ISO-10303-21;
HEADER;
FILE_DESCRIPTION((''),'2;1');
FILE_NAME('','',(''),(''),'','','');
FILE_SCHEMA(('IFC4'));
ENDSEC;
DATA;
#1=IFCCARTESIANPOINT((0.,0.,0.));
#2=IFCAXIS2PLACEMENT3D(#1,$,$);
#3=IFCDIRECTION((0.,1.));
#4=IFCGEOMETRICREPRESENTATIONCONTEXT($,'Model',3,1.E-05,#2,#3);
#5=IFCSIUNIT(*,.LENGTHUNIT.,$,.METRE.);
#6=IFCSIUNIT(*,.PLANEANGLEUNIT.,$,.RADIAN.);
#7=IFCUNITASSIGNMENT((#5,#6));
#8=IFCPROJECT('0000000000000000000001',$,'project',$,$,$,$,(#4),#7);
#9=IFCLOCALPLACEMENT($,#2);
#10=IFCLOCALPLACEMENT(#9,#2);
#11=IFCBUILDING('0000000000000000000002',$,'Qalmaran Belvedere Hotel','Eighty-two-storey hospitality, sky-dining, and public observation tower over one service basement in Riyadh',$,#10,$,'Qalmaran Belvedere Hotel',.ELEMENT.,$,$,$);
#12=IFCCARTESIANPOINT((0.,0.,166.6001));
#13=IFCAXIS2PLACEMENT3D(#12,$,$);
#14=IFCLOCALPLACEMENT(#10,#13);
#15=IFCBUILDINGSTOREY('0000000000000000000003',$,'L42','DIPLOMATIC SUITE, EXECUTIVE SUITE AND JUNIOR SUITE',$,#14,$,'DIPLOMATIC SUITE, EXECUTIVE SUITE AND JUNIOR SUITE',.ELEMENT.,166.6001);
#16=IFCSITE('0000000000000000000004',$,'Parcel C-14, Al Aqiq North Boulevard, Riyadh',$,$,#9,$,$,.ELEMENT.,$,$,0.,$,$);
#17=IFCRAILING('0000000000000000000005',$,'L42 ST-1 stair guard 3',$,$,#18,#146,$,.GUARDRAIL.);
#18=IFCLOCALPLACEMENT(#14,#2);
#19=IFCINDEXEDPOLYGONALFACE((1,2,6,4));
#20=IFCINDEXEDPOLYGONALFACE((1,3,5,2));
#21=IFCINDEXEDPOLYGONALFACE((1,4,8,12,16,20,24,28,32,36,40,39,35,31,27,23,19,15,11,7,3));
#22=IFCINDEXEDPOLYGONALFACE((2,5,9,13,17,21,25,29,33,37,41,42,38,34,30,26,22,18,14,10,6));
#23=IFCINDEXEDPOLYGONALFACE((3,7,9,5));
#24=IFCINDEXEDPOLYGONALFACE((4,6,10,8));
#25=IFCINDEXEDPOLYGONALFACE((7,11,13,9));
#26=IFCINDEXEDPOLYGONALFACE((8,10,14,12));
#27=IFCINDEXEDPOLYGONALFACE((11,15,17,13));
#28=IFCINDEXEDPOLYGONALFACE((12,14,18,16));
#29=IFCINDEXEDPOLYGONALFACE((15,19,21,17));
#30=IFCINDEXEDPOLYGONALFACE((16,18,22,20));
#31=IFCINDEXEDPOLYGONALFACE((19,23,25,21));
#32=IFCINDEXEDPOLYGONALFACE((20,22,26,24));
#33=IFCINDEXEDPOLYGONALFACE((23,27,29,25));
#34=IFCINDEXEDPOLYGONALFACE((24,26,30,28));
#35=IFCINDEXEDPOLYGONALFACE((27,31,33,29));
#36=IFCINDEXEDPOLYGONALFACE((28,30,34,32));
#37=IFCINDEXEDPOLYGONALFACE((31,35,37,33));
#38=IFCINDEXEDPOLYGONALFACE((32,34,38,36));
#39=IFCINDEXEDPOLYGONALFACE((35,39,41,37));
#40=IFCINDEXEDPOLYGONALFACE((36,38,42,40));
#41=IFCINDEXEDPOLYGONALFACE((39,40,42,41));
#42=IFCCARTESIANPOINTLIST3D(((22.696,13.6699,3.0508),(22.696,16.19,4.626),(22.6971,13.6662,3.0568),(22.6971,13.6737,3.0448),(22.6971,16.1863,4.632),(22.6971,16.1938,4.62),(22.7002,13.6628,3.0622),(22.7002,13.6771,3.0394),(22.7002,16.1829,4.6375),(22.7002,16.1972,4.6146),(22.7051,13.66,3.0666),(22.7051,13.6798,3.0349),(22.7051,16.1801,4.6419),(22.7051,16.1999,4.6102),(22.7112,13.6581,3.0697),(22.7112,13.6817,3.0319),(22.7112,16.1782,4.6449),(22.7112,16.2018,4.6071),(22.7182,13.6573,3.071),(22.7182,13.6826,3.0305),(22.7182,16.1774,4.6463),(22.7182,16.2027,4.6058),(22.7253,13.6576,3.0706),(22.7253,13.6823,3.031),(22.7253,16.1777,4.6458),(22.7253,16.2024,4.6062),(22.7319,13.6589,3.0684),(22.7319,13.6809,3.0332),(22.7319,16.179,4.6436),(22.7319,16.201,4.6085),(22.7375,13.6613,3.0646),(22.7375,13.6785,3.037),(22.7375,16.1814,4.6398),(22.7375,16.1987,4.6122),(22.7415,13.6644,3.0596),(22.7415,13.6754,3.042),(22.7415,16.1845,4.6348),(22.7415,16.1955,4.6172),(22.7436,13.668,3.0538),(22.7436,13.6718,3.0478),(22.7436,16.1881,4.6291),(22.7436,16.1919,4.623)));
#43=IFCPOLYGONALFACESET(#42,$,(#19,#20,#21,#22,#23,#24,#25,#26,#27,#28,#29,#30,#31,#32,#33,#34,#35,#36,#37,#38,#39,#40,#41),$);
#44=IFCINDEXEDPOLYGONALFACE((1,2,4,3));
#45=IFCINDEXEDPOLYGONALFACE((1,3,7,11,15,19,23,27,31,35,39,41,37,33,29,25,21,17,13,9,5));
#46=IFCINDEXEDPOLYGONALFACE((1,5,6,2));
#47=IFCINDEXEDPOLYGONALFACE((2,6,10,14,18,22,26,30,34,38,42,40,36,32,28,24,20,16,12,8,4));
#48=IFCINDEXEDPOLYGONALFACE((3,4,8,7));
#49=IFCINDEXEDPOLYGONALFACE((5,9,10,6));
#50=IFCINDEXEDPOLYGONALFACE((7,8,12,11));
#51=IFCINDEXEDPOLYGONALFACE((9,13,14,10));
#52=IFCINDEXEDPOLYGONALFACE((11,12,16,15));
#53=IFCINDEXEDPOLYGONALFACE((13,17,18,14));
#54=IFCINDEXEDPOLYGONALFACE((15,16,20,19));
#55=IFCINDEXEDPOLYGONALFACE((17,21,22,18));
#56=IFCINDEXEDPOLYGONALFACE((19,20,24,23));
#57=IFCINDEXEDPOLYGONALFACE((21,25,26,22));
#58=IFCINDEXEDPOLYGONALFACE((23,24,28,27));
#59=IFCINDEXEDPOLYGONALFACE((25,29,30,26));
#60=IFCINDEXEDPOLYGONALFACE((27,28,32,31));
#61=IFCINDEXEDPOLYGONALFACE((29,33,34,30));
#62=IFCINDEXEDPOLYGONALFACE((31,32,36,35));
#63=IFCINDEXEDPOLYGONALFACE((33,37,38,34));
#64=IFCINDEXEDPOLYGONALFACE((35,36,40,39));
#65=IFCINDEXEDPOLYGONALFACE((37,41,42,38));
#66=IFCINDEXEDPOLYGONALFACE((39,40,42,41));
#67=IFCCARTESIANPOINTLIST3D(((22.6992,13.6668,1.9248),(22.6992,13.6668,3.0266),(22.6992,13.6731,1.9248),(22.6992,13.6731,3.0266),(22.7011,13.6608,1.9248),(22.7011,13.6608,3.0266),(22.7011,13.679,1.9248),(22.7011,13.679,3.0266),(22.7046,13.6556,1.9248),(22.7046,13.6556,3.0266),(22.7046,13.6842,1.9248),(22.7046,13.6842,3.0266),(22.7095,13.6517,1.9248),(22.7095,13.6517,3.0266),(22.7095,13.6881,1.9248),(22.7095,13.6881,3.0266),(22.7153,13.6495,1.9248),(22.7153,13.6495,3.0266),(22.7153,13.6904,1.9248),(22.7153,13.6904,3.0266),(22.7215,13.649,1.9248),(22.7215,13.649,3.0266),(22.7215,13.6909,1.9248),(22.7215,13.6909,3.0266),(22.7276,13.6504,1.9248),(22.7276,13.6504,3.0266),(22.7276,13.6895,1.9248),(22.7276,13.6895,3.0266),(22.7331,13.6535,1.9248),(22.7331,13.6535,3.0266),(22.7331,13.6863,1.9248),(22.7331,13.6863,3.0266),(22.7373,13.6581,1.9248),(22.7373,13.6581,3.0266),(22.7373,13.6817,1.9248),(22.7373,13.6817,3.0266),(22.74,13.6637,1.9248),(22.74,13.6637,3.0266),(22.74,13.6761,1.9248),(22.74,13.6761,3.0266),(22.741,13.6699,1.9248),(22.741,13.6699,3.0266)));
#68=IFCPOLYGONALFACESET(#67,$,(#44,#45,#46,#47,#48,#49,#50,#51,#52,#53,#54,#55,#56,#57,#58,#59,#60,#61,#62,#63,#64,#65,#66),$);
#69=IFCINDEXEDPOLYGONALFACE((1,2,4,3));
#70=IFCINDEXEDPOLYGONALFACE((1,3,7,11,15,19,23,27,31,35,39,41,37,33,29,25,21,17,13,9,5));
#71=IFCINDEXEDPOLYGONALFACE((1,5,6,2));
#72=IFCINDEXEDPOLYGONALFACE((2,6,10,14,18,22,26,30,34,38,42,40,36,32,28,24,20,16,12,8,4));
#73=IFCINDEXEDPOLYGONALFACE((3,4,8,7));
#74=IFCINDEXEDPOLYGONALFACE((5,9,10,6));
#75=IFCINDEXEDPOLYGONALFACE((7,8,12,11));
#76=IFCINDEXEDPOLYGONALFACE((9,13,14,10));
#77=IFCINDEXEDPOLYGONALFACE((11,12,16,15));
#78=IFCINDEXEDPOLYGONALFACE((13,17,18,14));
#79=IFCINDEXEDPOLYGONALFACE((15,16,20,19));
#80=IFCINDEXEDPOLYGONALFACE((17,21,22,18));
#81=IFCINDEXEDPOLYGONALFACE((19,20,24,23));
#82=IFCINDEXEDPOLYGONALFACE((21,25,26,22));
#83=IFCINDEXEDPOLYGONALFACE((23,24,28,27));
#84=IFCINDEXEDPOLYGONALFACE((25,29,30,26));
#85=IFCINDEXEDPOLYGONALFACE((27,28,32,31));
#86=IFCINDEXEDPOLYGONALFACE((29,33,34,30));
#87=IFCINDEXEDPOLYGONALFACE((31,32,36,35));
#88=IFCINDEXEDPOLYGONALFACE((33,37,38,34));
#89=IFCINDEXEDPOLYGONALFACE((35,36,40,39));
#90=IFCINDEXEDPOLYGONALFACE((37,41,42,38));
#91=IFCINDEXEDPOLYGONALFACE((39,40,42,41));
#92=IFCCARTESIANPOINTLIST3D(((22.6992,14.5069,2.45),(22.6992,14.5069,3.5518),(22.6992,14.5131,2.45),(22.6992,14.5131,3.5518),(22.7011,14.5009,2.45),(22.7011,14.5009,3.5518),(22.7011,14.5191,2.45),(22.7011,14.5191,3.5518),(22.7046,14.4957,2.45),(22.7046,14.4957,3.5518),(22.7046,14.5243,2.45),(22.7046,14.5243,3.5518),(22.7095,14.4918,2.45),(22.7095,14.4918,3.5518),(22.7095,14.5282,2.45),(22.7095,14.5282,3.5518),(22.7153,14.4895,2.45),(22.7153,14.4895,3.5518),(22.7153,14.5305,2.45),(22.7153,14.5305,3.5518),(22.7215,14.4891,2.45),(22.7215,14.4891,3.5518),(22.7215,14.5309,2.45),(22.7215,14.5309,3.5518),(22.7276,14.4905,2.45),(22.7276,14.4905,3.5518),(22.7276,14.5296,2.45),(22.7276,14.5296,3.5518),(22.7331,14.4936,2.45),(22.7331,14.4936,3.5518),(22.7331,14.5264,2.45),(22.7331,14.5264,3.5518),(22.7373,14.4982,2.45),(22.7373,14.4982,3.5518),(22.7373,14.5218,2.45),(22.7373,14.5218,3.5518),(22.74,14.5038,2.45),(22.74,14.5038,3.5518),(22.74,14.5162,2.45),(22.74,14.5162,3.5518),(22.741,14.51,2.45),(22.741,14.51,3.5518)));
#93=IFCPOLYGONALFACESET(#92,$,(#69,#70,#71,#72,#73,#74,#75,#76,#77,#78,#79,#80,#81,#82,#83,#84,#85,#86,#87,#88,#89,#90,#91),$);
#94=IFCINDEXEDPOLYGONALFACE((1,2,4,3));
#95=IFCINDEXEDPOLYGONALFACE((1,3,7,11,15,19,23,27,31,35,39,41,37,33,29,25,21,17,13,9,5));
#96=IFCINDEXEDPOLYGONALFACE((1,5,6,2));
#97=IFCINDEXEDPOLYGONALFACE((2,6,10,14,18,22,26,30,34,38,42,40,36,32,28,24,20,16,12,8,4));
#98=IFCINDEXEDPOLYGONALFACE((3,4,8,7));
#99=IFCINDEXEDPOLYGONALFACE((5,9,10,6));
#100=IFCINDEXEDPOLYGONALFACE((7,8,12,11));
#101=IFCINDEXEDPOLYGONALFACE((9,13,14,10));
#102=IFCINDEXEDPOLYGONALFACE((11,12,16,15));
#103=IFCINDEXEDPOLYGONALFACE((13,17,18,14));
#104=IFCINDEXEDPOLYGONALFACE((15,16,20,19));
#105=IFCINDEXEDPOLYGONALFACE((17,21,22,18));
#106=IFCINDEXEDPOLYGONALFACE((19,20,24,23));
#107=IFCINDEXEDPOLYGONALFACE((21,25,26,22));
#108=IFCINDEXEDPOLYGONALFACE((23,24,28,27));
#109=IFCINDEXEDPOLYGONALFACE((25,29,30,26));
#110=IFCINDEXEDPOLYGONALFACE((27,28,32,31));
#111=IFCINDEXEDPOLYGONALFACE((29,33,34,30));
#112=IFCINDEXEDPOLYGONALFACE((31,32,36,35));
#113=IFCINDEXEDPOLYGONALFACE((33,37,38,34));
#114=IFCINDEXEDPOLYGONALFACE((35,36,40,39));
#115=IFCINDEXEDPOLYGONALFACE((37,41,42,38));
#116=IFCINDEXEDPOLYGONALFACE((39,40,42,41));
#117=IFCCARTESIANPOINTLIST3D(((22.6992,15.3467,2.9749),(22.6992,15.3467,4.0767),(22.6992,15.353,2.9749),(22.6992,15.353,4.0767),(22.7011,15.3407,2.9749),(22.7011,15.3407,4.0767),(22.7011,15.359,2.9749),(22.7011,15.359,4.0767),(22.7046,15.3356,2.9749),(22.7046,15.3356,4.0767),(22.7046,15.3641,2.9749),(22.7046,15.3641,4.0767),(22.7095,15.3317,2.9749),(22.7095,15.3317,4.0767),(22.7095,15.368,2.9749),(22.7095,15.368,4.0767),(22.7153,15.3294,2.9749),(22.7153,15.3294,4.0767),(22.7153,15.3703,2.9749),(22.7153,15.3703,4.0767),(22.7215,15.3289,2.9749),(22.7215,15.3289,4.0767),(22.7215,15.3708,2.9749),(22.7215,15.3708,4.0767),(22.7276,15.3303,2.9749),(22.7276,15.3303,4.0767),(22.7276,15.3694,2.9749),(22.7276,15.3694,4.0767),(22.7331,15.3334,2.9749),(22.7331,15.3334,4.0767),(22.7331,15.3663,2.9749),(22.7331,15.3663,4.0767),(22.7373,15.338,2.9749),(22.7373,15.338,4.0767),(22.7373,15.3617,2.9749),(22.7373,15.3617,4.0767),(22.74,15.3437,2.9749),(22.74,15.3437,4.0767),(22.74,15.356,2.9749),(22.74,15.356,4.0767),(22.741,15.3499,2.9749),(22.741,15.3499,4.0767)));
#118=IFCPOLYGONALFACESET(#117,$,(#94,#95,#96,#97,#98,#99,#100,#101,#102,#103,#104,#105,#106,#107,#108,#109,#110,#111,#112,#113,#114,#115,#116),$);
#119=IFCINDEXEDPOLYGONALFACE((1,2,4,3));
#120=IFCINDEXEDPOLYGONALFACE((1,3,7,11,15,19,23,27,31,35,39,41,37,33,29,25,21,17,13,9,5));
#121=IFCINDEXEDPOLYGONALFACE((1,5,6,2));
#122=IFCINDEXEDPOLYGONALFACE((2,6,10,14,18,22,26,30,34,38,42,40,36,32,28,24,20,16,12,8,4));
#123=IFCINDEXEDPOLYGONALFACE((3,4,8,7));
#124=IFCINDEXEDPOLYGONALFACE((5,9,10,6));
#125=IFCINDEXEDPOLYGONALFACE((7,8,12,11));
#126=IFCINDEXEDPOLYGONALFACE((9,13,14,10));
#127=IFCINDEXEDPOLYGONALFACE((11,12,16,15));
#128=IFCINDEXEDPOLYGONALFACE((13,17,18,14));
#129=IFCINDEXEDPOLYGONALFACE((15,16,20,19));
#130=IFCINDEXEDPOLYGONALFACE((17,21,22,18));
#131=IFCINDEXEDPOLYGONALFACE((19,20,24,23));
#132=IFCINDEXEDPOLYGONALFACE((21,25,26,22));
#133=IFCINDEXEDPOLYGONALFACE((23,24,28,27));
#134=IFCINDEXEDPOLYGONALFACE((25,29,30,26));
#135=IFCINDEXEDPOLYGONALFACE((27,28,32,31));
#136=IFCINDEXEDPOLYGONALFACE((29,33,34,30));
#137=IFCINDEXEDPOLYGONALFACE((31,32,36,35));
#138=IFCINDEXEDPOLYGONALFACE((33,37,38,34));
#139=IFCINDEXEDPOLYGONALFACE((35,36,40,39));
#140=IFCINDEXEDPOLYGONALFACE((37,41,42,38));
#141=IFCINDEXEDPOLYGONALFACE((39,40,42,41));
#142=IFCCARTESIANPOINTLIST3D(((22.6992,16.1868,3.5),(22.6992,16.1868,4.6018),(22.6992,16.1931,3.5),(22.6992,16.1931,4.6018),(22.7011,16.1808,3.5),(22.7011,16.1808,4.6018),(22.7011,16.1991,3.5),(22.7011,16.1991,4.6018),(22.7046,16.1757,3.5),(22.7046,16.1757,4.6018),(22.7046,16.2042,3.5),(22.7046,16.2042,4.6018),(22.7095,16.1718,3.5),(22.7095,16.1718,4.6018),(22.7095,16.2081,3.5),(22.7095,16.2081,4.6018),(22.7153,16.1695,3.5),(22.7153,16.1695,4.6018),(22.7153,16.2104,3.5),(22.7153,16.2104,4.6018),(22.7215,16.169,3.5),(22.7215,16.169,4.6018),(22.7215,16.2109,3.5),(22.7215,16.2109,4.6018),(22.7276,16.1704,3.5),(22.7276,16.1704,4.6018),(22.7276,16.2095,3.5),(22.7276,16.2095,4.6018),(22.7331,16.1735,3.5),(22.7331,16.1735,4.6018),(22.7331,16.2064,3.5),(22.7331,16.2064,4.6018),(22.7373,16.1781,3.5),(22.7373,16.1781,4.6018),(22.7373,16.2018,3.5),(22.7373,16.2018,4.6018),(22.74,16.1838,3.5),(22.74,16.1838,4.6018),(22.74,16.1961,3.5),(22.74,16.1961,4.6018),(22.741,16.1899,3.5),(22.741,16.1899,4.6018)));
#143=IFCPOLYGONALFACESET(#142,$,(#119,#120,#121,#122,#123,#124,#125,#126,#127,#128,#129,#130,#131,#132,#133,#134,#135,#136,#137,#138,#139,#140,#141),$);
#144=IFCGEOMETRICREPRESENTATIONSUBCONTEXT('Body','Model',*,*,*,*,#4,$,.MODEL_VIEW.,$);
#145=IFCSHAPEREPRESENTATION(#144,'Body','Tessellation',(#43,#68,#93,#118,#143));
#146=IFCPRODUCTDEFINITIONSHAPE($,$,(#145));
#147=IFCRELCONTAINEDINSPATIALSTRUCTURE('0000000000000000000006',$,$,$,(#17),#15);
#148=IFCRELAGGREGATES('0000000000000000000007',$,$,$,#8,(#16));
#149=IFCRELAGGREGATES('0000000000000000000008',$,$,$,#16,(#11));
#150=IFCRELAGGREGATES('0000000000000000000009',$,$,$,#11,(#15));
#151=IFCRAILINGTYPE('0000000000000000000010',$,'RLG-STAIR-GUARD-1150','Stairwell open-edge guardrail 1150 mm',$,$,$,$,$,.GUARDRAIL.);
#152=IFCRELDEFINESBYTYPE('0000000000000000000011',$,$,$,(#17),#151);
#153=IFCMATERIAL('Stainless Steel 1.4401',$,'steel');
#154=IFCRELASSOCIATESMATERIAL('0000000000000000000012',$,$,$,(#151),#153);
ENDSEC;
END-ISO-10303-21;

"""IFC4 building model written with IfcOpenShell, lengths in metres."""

from ifc_helpers import new_model, si_unit, direction, frame, origin, origin_2d, place, context, subcontext, project, spatial, circle, extrude, material, type_object, element, save


model = new_model("IFC4")

# Units and contexts
model_context = context("Model", 3, precision=1e-05, world=origin(), true_north=direction((0.0, 1.0)))
body_context = subcontext(model_context, "Body", "Model", "MODEL_VIEW")
ifc_project = project(units=[si_unit("LENGTHUNIT", "METRE"), si_unit("PLANEANGLEUNIT", "RADIAN")], contexts=[model_context])

# Site, building, storey
site_placement = place(None, origin())
site = spatial("IfcSite", under=ifc_project, at=site_placement, Name="Parcel C-14, Al Aqiq North Boulevard, Riyadh", CompositionType="ELEMENT", RefElevation=0.0)
building_placement = place(site_placement, origin())
building = spatial("IfcBuilding", under=site, at=building_placement, Name="Qalmaran Belvedere Hotel", Description="Eighty-two-storey hospitality, sky-dining, and public observation tower over one service basement in Riyadh", LongName="Qalmaran Belvedere Hotel", CompositionType="ELEMENT")
storey_placement = place(building_placement, frame((0.0, 0.0, 166.6001)))
storey = spatial("IfcBuildingStorey", under=building, at=storey_placement, Name="L42", Description="DIPLOMATIC SUITE, EXECUTIVE SUITE AND JUNIOR SUITE", LongName="DIPLOMATIC SUITE, EXECUTIVE SUITE AND JUNIOR SUITE", CompositionType="ELEMENT", Elevation=166.6001)

# Shared definitions
ifc_material_1 = material(Name="Stainless Steel 1.4401", Category="steel")

# Railing
railing_type_1 = type_object("IfcRailingType", Name="RLG-STAIR-GUARD-1150", Description="Stairwell open-edge guardrail 1150 mm", PredefinedType="GUARDRAIL", material=ifc_material_1)
railing_1_placement = place(storey_placement, frame((22.72, 13.6699, 1.9248)))
element("IfcRailing", 1, at=railing_1_placement, inside=storey, type_object=railing_type_1, Name="L42 ST-1 stair guard 3", PredefinedType="GUARDRAIL", context=body_context, shape_type="SweptSolid", body=[
    extrude(circle(Radius=0.0239, at=origin_2d()), frame((0.0, 0.0, 1.126), z_axis=(0.0, 0.847971, 0.530043), x_axis=(-1.0, 0.0, 0.0)), (0.0, 0.0, 1.0), 2.9719),
    extrude(circle(Radius=0.021, at=origin_2d()), origin(), (0.0, 0.0, 1.0), 1.1018),
    extrude(circle(Radius=0.021, at=origin_2d()), frame((0.0, 0.8401, 0.5251)), (0.0, 0.0, 1.0), 1.1018),
    extrude(circle(Radius=0.021, at=origin_2d()), frame((0.0, 1.6799, 1.05)), (0.0, 0.0, 1.0), 1.1018),
    extrude(circle(Radius=0.021, at=origin_2d()), frame((0.0, 2.52, 1.5752)), (0.0, 0.0, 1.0), 1.1018),
])

save(model, "model.ifc")
